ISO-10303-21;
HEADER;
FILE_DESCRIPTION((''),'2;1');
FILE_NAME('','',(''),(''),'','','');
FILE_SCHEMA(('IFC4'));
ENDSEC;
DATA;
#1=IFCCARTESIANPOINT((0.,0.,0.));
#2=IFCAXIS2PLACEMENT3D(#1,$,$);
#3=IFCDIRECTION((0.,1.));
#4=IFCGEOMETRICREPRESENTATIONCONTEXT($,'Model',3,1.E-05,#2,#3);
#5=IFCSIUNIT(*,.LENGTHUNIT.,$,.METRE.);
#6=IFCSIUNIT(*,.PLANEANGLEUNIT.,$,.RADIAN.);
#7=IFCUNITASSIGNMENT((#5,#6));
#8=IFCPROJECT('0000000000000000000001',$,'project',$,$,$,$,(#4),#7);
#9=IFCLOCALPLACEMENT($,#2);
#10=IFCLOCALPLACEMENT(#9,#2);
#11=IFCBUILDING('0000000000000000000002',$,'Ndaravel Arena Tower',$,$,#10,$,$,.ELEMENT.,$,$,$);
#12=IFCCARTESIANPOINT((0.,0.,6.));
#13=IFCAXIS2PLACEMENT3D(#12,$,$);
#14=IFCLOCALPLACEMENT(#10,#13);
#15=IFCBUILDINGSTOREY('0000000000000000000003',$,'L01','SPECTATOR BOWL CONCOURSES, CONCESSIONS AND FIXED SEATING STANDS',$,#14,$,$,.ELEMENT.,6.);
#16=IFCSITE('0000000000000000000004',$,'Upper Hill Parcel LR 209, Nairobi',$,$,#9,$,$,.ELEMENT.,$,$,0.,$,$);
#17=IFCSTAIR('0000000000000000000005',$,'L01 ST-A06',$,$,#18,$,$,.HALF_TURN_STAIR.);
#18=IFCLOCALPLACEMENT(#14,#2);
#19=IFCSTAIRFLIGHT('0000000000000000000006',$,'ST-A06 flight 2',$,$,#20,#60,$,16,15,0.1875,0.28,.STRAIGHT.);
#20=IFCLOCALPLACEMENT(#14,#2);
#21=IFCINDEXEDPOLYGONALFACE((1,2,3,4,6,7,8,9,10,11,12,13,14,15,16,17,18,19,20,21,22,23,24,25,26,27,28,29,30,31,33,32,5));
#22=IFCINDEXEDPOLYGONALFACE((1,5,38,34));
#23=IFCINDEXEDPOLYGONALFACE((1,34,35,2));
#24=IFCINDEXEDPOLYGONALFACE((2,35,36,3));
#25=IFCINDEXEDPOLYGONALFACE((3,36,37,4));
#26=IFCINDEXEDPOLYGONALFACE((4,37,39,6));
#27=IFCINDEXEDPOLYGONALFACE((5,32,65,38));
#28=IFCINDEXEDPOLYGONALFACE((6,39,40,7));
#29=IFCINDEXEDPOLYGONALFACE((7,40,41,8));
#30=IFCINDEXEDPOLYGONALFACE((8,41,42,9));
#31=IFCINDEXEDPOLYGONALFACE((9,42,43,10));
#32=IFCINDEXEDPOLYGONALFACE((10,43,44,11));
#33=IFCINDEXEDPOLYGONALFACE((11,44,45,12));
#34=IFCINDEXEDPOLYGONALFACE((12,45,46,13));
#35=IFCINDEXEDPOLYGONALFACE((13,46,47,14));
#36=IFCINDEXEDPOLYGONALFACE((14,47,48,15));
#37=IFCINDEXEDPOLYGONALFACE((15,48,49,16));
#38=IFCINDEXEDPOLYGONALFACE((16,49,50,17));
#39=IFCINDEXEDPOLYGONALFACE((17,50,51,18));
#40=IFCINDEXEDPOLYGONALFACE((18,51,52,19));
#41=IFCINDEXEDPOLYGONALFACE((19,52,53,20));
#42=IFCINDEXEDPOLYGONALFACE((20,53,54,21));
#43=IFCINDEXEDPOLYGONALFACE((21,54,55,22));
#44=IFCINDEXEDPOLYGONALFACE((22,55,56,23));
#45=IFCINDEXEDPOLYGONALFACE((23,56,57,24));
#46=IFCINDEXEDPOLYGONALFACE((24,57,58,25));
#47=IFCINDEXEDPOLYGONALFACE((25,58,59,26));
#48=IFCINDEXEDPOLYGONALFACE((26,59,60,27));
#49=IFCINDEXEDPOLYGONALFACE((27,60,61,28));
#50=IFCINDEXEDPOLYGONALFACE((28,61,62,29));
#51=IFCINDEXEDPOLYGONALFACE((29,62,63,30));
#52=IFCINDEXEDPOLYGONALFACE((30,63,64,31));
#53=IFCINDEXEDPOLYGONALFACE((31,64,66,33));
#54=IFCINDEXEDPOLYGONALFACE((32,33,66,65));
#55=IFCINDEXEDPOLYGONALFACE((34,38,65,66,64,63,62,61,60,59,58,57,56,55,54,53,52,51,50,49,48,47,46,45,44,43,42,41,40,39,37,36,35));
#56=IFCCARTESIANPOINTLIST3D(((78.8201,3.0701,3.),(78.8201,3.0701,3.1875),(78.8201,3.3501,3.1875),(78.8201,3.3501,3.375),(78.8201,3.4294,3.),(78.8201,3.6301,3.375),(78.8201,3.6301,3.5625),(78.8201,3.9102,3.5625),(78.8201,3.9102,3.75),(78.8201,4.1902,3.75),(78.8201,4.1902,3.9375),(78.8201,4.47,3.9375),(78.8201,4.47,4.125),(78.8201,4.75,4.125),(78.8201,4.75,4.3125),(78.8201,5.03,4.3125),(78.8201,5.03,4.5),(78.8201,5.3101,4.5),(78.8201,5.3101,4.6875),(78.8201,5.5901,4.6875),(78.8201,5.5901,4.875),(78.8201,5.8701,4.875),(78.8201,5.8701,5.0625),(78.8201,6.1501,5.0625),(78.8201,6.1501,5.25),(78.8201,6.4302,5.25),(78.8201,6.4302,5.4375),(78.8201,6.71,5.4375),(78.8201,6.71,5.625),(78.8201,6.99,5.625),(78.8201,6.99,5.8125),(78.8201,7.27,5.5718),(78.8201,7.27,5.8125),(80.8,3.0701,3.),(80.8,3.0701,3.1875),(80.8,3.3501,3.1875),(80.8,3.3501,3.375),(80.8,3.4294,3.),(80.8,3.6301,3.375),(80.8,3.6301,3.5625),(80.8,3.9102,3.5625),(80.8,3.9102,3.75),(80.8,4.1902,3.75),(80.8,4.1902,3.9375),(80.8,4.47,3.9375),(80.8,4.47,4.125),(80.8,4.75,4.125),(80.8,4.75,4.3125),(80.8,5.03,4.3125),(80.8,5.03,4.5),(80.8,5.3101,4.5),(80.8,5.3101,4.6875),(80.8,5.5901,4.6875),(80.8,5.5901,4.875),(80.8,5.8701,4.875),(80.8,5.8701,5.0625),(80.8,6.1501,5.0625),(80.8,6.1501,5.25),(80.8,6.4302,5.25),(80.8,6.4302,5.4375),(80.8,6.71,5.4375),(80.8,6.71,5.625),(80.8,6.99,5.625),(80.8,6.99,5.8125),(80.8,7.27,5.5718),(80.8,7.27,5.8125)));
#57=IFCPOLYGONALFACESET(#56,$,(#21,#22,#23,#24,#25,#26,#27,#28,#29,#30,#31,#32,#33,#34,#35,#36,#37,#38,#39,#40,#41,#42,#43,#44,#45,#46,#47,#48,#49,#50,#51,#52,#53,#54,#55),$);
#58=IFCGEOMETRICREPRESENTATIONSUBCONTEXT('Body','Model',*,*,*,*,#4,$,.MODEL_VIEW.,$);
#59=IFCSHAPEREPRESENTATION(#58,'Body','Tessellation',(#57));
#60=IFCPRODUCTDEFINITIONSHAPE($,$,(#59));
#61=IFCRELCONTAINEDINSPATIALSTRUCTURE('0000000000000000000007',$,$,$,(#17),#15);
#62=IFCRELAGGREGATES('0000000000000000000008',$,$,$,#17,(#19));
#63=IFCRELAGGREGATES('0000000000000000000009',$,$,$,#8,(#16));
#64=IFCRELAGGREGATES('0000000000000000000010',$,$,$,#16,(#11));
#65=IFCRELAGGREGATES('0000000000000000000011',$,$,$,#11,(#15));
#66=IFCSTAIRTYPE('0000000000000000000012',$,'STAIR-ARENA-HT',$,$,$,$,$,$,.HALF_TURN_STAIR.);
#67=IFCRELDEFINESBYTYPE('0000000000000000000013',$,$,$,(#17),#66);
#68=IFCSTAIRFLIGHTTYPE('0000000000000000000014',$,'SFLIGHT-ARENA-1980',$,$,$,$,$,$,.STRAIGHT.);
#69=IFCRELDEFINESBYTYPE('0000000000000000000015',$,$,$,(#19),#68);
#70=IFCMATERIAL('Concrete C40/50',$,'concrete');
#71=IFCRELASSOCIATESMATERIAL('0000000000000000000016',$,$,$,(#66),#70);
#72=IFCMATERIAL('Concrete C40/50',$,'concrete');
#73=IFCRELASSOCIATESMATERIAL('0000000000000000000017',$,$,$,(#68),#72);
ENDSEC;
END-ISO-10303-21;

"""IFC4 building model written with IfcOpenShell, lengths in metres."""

from ifc_helpers import new_model, si_unit, direction, frame, origin, place, context, subcontext, project, spatial, polyline, outline, extrude, material, type_object, element, aggregate, save


model = new_model("IFC4")

# Units and contexts
model_context = context("Model", 3, precision=1e-05, world=origin(), true_north=direction((0.0, 1.0)))
body_context = subcontext(model_context, "Body", "Model", "MODEL_VIEW")
ifc_project = project(units=[si_unit("LENGTHUNIT", "METRE"), si_unit("PLANEANGLEUNIT", "RADIAN")], contexts=[model_context])

# Site, building, storey
site_placement = place(None, origin())
site = spatial("IfcSite", under=ifc_project, at=site_placement, Name="Upper Hill Parcel LR 209, Nairobi", CompositionType="ELEMENT", RefElevation=0.0)
building_placement = place(site_placement, origin())
building = spatial("IfcBuilding", under=site, at=building_placement, Name="Ndaravel Arena Tower", CompositionType="ELEMENT")
storey_placement = place(building_placement, frame((0.0, 0.0, 6.0)))
storey = spatial("IfcBuildingStorey", under=building, at=storey_placement, Name="L01", Description="SPECTATOR BOWL CONCOURSES, CONCESSIONS AND FIXED SEATING STANDS", CompositionType="ELEMENT", Elevation=6.0)

# Stair, stair flight
ifc_material_1 = material(Name="Concrete C40/50", Category="concrete")
stair_type = type_object("IfcStairType", Name="STAIR-ARENA-HT", PredefinedType="HALF_TURN_STAIR", material=ifc_material_1)
ifc_material_2 = material(Name="Concrete C40/50", Category="concrete")
stair_flight_type = type_object("IfcStairFlightType", Name="SFLIGHT-ARENA-1980", PredefinedType="STRAIGHT", material=ifc_material_2)
stair_1_placement = place(storey_placement, origin())
stair_1 = element("IfcStair", 1, at=stair_1_placement, inside=storey, type_object=stair_type, Name="L01 ST-A06", PredefinedType="HALF_TURN_STAIR")
stair_flight_1_placement = place(storey_placement, frame((79.8101, 3.0701, 3.0), z_axis=(0.0, 0.0, 1.0), x_axis=(0.0, 1.0, 0.0)))
stair_flight_1 = element("IfcStairFlight", 2, at=stair_flight_1_placement, type_object=stair_flight_type, Name="ST-A06 flight 2", NumberOfRisers=16, NumberOfTreads=15, PredefinedType="STRAIGHT", RiserHeight=0.1875, TreadLength=0.28, context=body_context, shape_type="SweptSolid", body=[
    extrude(outline(polyline([(0.0, 0.0), (0.0, 0.1875), (0.28, 0.1875), (0.28, 0.375), (0.5601, 0.375), (0.5601, 0.5625), (0.8401, 0.5625), (0.8401, 0.75), (1.1201, 0.75), (1.1201, 0.9375), (1.3999, 0.9375), (1.3999, 1.125), (1.6799, 1.125), (1.6799, 1.3125), (1.96, 1.3125), (1.96, 1.5), (2.24, 1.5), (2.24, 1.6875), (2.52, 1.6875), (2.52, 1.875), (2.8, 1.875), (2.8, 2.0625), (3.0801, 2.0625), (3.0801, 2.25), (3.3601, 2.25), (3.3601, 2.4375), (3.6399, 2.4375), (3.6399, 2.625), (3.9199, 2.625), (3.9199, 2.8125), (4.2, 2.8125), (4.2, 3.0), (4.2, 2.5718), (0.3594, 0.0), (0.0, 0.0)])), frame((0.0, 0.99, 0.0), z_axis=(0.0, -1.0, 0.0), x_axis=(1.0, 0.0, 0.0)), (0.0, 0.0, 1.0), 1.98),
])
aggregate(stair_1, [stair_flight_1])

save(model, "model.ifc")
